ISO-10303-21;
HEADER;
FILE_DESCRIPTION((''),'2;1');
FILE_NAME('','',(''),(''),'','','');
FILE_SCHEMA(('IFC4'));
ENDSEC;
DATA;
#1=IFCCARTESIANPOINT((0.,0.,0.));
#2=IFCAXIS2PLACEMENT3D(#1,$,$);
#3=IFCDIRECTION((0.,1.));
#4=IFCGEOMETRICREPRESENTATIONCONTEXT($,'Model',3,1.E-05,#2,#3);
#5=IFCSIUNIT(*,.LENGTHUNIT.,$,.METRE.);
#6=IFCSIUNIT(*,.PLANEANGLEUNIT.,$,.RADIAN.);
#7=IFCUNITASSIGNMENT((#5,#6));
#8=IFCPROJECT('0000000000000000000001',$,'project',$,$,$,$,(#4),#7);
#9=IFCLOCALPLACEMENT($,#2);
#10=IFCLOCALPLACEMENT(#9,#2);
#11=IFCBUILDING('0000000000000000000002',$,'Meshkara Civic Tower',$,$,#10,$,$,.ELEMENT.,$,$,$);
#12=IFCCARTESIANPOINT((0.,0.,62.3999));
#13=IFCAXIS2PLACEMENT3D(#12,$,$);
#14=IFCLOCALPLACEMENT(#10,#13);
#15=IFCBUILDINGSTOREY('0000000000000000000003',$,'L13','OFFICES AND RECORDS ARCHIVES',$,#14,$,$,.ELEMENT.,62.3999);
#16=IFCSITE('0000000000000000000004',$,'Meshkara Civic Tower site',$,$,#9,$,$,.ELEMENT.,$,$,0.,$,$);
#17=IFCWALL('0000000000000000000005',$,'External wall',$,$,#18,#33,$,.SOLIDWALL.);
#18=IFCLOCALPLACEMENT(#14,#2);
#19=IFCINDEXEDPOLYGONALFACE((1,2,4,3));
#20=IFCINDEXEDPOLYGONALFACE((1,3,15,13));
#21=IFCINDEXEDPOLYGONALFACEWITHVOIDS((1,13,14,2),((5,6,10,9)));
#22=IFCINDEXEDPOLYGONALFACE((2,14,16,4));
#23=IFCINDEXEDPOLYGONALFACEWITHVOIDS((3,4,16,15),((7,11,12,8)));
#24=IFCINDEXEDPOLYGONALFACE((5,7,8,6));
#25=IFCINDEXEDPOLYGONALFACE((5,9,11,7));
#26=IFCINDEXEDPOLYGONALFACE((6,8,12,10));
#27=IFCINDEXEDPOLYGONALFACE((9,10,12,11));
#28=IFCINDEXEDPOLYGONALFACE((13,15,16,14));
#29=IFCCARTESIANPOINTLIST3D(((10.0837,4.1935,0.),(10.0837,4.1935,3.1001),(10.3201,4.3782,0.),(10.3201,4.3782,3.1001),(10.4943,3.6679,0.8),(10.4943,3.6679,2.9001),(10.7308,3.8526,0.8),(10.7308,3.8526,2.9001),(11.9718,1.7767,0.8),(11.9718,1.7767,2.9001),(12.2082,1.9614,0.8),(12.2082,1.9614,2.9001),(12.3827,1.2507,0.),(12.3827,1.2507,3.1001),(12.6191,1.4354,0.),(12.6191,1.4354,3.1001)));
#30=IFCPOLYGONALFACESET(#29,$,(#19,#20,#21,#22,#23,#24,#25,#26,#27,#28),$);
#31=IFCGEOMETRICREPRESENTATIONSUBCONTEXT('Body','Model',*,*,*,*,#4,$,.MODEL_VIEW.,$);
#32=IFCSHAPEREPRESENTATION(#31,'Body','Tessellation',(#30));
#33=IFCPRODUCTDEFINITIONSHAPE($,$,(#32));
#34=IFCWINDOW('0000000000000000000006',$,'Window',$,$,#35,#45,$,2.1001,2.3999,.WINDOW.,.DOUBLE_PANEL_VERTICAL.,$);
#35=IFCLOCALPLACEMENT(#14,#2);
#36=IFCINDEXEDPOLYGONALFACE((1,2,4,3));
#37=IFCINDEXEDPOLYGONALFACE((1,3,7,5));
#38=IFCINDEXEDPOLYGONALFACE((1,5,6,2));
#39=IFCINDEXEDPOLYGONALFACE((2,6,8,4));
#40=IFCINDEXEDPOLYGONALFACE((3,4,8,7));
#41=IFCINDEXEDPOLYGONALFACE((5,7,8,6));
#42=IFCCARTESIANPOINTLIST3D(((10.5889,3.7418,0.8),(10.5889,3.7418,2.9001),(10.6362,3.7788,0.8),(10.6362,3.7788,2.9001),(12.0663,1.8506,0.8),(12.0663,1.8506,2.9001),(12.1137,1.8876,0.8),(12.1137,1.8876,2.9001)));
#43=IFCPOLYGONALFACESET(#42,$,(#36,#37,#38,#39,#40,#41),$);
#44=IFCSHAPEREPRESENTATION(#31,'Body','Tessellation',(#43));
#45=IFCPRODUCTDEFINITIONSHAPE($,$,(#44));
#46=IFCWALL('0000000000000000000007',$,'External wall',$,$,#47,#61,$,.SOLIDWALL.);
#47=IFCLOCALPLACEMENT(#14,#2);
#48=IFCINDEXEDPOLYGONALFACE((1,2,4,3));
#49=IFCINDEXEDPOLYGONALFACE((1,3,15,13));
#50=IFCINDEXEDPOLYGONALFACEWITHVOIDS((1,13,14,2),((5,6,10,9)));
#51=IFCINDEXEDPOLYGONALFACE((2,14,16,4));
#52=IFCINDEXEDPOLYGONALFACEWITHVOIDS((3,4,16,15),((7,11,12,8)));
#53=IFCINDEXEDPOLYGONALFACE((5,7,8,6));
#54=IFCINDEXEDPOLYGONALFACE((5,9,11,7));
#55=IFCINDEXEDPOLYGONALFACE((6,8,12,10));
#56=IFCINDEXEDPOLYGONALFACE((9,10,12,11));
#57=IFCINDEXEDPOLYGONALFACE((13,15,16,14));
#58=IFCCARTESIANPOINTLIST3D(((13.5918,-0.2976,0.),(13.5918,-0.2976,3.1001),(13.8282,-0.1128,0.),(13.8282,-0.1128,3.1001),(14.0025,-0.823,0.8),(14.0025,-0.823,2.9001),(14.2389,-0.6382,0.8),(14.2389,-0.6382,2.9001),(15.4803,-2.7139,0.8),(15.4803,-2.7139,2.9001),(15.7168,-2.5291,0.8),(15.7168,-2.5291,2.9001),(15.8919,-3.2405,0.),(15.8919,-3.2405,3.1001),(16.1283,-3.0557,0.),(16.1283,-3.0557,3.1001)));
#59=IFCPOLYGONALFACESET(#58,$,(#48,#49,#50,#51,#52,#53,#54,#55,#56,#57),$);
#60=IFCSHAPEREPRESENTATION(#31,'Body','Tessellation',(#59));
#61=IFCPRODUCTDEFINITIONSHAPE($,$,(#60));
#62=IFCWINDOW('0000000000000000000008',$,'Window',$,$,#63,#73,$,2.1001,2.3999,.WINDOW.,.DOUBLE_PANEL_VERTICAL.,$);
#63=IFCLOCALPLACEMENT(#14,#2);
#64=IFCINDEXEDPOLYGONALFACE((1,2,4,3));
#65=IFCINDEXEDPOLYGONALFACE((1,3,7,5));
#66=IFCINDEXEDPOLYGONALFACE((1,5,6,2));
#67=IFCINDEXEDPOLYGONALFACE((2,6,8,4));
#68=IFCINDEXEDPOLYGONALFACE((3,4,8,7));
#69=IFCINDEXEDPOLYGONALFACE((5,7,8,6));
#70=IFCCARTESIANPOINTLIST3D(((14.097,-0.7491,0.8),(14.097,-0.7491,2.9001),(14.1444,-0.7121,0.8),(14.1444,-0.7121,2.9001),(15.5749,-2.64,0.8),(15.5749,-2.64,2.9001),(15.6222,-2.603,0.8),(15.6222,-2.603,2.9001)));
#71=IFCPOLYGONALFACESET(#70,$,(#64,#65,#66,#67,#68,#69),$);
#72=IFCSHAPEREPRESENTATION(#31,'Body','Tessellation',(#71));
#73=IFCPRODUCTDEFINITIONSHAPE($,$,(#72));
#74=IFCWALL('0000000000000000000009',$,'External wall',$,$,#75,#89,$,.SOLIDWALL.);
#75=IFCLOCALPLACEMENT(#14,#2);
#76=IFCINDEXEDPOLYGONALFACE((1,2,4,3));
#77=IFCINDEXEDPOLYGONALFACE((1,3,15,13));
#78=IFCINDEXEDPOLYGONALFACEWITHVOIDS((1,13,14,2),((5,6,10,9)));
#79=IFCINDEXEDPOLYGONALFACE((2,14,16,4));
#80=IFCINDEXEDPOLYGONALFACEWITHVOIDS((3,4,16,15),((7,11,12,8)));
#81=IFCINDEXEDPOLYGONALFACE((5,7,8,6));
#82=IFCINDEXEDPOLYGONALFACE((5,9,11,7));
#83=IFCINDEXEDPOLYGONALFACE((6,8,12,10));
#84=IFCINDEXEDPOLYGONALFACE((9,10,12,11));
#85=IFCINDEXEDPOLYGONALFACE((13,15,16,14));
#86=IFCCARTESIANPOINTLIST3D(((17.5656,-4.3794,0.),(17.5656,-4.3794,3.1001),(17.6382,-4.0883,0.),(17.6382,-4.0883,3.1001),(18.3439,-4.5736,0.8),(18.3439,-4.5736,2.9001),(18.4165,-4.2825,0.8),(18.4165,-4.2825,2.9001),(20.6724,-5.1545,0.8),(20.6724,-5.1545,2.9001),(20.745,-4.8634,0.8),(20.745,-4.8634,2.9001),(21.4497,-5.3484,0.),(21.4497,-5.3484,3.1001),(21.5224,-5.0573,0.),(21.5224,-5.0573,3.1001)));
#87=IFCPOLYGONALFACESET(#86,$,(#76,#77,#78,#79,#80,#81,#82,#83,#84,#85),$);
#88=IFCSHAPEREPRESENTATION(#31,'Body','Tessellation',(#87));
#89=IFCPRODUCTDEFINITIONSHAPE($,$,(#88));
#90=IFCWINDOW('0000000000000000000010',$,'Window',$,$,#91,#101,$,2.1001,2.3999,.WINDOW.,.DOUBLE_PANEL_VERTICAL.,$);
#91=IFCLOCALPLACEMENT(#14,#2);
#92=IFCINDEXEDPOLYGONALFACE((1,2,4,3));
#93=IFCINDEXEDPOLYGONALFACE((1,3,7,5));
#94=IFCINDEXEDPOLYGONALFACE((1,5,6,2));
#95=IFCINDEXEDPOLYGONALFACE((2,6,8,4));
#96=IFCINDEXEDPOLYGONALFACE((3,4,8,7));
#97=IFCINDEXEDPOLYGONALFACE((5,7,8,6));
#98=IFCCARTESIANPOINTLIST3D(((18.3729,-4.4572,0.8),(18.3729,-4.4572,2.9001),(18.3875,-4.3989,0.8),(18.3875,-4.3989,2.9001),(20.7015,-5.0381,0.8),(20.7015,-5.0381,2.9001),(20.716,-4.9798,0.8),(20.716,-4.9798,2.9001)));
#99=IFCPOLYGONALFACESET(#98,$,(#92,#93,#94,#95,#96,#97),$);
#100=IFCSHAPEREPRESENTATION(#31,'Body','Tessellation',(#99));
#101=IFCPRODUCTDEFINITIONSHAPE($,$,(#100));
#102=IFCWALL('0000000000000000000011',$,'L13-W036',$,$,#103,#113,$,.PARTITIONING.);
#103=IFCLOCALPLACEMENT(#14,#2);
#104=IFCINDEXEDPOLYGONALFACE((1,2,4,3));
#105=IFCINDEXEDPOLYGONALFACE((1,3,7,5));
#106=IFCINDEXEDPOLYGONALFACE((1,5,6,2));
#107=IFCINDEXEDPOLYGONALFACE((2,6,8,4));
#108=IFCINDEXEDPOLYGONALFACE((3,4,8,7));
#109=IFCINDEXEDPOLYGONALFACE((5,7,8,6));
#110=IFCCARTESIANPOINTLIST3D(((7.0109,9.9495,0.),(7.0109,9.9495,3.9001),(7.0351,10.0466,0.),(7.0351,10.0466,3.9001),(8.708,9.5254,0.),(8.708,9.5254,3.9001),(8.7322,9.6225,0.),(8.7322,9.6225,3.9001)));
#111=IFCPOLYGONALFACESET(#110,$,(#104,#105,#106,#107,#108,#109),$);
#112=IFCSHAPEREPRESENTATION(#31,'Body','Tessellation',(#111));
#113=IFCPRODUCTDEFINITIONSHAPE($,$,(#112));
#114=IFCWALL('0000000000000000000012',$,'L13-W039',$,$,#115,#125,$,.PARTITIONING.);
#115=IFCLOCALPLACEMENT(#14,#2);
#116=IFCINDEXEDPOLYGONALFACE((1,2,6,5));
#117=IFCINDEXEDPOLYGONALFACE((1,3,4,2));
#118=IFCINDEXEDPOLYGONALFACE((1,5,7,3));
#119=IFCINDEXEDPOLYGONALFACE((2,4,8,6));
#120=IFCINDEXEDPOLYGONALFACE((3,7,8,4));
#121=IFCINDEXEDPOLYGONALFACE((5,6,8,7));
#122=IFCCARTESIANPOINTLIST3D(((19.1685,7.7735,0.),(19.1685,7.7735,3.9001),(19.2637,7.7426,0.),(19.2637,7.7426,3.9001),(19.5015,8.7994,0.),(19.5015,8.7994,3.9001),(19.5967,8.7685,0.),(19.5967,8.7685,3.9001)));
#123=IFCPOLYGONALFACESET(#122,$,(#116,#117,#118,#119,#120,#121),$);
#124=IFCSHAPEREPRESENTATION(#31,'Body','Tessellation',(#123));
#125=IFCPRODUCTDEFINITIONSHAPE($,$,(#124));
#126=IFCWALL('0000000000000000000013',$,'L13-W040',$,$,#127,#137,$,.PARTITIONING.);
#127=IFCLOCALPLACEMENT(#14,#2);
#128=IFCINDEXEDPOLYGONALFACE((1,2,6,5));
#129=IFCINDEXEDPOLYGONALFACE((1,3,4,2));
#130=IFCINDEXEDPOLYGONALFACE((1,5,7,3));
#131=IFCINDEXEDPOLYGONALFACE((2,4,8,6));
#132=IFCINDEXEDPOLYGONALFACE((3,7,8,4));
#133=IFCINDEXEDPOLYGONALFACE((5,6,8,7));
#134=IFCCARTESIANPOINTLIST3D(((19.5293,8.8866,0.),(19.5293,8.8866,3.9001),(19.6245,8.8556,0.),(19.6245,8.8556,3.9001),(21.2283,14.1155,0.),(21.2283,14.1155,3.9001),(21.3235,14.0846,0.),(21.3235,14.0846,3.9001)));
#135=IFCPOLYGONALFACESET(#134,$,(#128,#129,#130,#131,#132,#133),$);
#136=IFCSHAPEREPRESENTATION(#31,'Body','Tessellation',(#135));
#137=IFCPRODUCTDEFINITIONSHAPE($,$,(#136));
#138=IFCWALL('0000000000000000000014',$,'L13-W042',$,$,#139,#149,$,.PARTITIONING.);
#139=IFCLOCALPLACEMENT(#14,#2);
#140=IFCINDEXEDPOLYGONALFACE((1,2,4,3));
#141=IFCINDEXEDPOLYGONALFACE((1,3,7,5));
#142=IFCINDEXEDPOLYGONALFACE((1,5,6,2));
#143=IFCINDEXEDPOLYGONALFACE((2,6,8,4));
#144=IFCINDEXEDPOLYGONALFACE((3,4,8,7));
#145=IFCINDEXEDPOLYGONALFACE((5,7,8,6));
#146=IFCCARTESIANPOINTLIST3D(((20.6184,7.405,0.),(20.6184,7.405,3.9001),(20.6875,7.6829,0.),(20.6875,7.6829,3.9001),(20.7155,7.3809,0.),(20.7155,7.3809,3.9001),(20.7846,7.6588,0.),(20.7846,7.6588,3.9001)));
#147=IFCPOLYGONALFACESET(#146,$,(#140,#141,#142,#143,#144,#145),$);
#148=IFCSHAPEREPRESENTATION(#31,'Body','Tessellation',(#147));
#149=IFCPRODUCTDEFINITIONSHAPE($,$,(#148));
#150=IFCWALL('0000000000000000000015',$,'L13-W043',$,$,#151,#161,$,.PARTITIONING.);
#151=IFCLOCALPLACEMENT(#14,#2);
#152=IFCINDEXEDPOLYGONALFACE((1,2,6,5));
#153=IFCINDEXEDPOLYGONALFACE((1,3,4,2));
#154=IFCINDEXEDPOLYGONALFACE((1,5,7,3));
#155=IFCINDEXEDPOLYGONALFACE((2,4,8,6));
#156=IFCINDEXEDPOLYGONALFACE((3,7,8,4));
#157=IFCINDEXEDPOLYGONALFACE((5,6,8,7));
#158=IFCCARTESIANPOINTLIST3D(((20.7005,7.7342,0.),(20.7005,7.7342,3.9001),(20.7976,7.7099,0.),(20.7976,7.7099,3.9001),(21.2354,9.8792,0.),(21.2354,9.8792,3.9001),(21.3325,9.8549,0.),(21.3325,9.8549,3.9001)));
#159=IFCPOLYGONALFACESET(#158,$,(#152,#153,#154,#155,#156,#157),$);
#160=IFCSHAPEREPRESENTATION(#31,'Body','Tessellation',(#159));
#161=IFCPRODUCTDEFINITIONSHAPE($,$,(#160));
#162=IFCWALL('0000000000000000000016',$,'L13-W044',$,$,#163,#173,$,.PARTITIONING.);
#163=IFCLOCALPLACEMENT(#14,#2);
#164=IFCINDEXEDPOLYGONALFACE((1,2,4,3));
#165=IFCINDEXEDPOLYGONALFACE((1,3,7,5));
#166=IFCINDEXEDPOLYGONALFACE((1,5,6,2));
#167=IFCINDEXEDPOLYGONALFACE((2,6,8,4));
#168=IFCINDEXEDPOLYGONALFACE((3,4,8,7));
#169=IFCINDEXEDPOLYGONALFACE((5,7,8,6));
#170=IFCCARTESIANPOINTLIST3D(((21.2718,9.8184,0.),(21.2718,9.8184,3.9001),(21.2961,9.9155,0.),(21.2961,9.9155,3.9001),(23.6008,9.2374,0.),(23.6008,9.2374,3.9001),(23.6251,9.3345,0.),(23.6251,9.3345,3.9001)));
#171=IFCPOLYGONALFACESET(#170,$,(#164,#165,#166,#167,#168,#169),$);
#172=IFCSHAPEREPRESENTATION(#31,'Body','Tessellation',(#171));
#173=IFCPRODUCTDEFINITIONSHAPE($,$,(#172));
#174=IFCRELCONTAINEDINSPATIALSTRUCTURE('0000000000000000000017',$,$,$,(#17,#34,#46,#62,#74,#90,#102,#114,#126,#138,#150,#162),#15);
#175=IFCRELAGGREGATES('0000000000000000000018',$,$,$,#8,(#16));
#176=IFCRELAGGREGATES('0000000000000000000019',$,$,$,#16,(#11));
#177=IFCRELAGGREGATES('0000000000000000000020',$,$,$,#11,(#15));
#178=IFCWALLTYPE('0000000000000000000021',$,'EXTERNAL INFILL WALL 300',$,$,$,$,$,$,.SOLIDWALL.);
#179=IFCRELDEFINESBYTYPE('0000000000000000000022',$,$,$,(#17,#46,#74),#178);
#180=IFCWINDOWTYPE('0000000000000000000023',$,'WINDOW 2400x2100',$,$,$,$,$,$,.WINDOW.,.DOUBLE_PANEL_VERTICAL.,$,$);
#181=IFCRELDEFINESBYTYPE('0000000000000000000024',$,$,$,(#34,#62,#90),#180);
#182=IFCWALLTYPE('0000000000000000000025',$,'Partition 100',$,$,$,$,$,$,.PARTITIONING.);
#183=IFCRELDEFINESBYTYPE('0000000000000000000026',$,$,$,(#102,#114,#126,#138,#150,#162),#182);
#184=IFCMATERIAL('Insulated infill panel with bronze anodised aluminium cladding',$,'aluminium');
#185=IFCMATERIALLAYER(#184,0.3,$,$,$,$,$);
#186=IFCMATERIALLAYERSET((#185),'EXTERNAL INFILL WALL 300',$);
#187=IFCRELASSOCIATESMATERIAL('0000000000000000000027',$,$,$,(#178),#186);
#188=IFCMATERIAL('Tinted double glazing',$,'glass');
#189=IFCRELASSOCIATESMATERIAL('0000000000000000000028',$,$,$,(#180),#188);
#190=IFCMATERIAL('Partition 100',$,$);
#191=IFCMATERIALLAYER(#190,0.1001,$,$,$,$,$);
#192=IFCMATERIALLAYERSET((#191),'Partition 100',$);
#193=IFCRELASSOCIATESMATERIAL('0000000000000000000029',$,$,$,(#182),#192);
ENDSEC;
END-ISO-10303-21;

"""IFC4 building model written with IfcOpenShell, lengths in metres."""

from ifc_helpers import new_model, si_unit, direction, frame, frame_2d, origin, place, context, subcontext, project, spatial, rectangle, extrude, material, layer, layer_set, type_object, element, fill, save


model = new_model("IFC4")

# Units and contexts
model_context = context("Model", 3, precision=1e-05, world=origin(), true_north=direction((0.0, 1.0)))
body_context = subcontext(model_context, "Body", "Model", "MODEL_VIEW")
ifc_project = project(units=[si_unit("LENGTHUNIT", "METRE"), si_unit("PLANEANGLEUNIT", "RADIAN")], contexts=[model_context])

# Site, building, storey
site_placement = place(None, origin())
site = spatial("IfcSite", under=ifc_project, at=site_placement, Name="Meshkara Civic Tower site", CompositionType="ELEMENT", RefElevation=0.0)
building_placement = place(site_placement, origin())
building = spatial("IfcBuilding", under=site, at=building_placement, Name="Meshkara Civic Tower", CompositionType="ELEMENT")
storey_placement = place(building_placement, frame((0.0, 0.0, 62.3999)))
storey = spatial("IfcBuildingStorey", under=building, at=storey_placement, Name="L13", Description="OFFICES AND RECORDS ARCHIVES", CompositionType="ELEMENT", Elevation=62.3999)

# Walls, openings, windows
ifc_material_1 = material(Name="Insulated infill panel with bronze anodised aluminium cladding", Category="aluminium")
ifc_layer_1 = layer(ifc_material_1, 0.3)
ifc_layer_set_1 = layer_set([ifc_layer_1], Name="EXTERNAL INFILL WALL 300")
wall_type_1 = type_object("IfcWallType", Name="EXTERNAL INFILL WALL 300", PredefinedType="SOLIDWALL", material=ifc_layer_set_1)
wall_1_placement = place(storey_placement, frame((10.2019, 4.2859, 0.0), z_axis=(0.0, 0.0, 1.0), x_axis=(0.615636, -0.78803, 0.0)))
wall_1 = element("IfcWall", 1, at=wall_1_placement, inside=storey, type_object=wall_type_1, Name="External wall", PredefinedType="SOLIDWALL", context=body_context, shape_type="SweptSolid", body=[
    extrude(rectangle(XDim=3.7344, YDim=0.3, at=frame_2d((1.8672, 0.0))), origin(), (0.0, 0.0, 1.0), 3.1001),
])
opening_1_placement = place(wall_1_placement, frame((0.667, 0.0, 0.8)))
opening_1 = element("IfcOpeningElement", 2, at=opening_1_placement, cuts=wall_1, PredefinedType="OPENING", context=body_context, shape_type="SweptSolid", body=[
    extrude(rectangle(XDim=2.3999, YDim=2.1001, at=frame_2d((1.2, 1.05))), frame((0.0, 0.1599, 0.0), z_axis=(0.0, -1.0, 0.0), x_axis=(1.0, 0.0, 0.0)), (0.0, 0.0, 1.0), 0.3201),
])
ifc_material_2 = material(Name="Tinted double glazing", Category="glass")
window_type = type_object("IfcWindowType", Name="WINDOW 2400x2100", PartitioningType="DOUBLE_PANEL_VERTICAL", PredefinedType="WINDOW", material=ifc_material_2)
window_1_placement = place(opening_1_placement, origin())
window_1 = element("IfcWindow", 3, at=window_1_placement, inside=storey, type_object=window_type, Name="Window", OverallHeight=2.1001, OverallWidth=2.3999, PartitioningType="DOUBLE_PANEL_VERTICAL", PredefinedType="WINDOW", context=body_context, shape_type="SweptSolid", body=[
    extrude(rectangle(XDim=2.3999, YDim=2.1001, at=frame_2d((1.2, 1.05))), frame((0.0, 0.03, 0.0), z_axis=(0.0, -1.0, 0.0), x_axis=(1.0, 0.0, 0.0)), (0.0, 0.0, 1.0), 0.0601),
])
fill(opening_1, window_1)
wall_2_placement = place(storey_placement, frame((13.71, -0.2051, 0.0), z_axis=(0.0, 0.0, 1.0), x_axis=(0.615799, -0.787903, 0.0)))
wall_2 = element("IfcWall", 4, at=wall_2_placement, inside=storey, type_object=wall_type_1, Name="External wall", PredefinedType="SOLIDWALL", context=body_context, shape_type="SweptSolid", body=[
    extrude(rectangle(XDim=3.7351, YDim=0.3, at=frame_2d((1.8677, 0.0))), origin(), (0.0, 0.0, 1.0), 3.1001),
])
opening_2_placement = place(wall_2_placement, frame((0.667, 0.0, 0.8)))
opening_2 = element("IfcOpeningElement", 5, at=opening_2_placement, cuts=wall_2, PredefinedType="OPENING", context=body_context, shape_type="SweptSolid", body=[
    extrude(rectangle(XDim=2.3999, YDim=2.1001, at=frame_2d((1.2, 1.05))), frame((0.0, 0.1599, 0.0), z_axis=(0.0, -1.0, 0.0), x_axis=(1.0, 0.0, 0.0)), (0.0, 0.0, 1.0), 0.3201),
])
window_2_placement = place(opening_2_placement, origin())
window_2 = element("IfcWindow", 6, at=window_2_placement, inside=storey, type_object=window_type, Name="Window", OverallHeight=2.1001, OverallWidth=2.3999, PartitioningType="DOUBLE_PANEL_VERTICAL", PredefinedType="WINDOW", context=body_context, shape_type="SweptSolid", body=[
    extrude(rectangle(XDim=2.3999, YDim=2.1001, at=frame_2d((1.2, 1.05))), frame((0.0, 0.03, 0.0), z_axis=(0.0, -1.0, 0.0), x_axis=(1.0, 0.0, 0.0)), (0.0, 0.0, 1.0), 0.0601),
])
fill(opening_2, window_2)
wall_3_placement = place(storey_placement, frame((17.6021, -4.2339, 0.0), z_axis=(0.0, 0.0, 1.0), x_axis=(0.970261, -0.242062, 0.0)))
wall_3 = element("IfcWall", 7, at=wall_3_placement, inside=storey, type_object=wall_type_1, Name="External wall", PredefinedType="SOLIDWALL", context=body_context, shape_type="SweptSolid", body=[
    extrude(rectangle(XDim=4.0032, YDim=0.3, at=frame_2d((2.0015, 0.0))), origin(), (0.0, 0.0, 1.0), 3.1001),
])
opening_3_placement = place(wall_3_placement, frame((0.802, 0.0, 0.8)))
opening_3 = element("IfcOpeningElement", 8, at=opening_3_placement, cuts=wall_3, PredefinedType="OPENING", context=body_context, shape_type="SweptSolid", body=[
    extrude(rectangle(XDim=2.3999, YDim=2.1001, at=frame_2d((1.2, 1.05))), frame((0.0, 0.1599, 0.0), z_axis=(0.0, -1.0, 0.0), x_axis=(1.0, 0.0, 0.0)), (0.0, 0.0, 1.0), 0.3201),
])
window_3_placement = place(opening_3_placement, origin())
window_3 = element("IfcWindow", 9, at=window_3_placement, inside=storey, type_object=window_type, Name="Window", OverallHeight=2.1001, OverallWidth=2.3999, PartitioningType="DOUBLE_PANEL_VERTICAL", PredefinedType="WINDOW", context=body_context, shape_type="SweptSolid", body=[
    extrude(rectangle(XDim=2.3999, YDim=2.1001, at=frame_2d((1.2, 1.05))), frame((0.0, 0.03, 0.0), z_axis=(0.0, -1.0, 0.0), x_axis=(1.0, 0.0, 0.0)), (0.0, 0.0, 1.0), 0.0601),
])
fill(opening_3, window_3)

# Walls
ifc_material_3 = material(Name="Partition 100")
ifc_layer_2 = layer(ifc_material_3, 0.1001)
ifc_layer_set_2 = layer_set([ifc_layer_2], Name="Partition 100")
wall_type_2 = type_object("IfcWallType", Name="Partition 100", PredefinedType="PARTITIONING", material=ifc_layer_set_2)
wall_4_placement = place(storey_placement, frame((8.72, 9.574, 0.0), z_axis=(0.0, 0.0, 1.0), x_axis=(-0.970167, 0.242437, 0.0)))
element("IfcWall", 10, at=wall_4_placement, inside=storey, type_object=wall_type_2, Name="L13-W036", PredefinedType="PARTITIONING", context=body_context, shape_type="SweptSolid", body=[
    extrude(rectangle(XDim=1.7493, YDim=0.1001, at=frame_2d((0.8745, 0.0))), origin(), (0.0, 0.0, 1.0), 3.9001),
])
wall_5_placement = place(storey_placement, frame((19.2161, 7.7581, 0.0), z_axis=(0.0, 0.0, 1.0), x_axis=(0.308748, 0.951144, 0.0)))
element("IfcWall", 11, at=wall_5_placement, inside=storey, type_object=wall_type_2, Name="L13-W039", PredefinedType="PARTITIONING", context=body_context, shape_type="SweptSolid", body=[
    extrude(rectangle(XDim=1.0786, YDim=0.1001, at=frame_2d((0.5393, 0.0))), origin(), (0.0, 0.0, 1.0), 3.9001),
])
wall_6_placement = place(storey_placement, frame((19.5769, 8.8711, 0.0), z_axis=(0.0, 0.0, 1.0), x_axis=(0.309012, 0.951058, 0.0)))
element("IfcWall", 12, at=wall_6_placement, inside=storey, type_object=wall_type_2, Name="L13-W040", PredefinedType="PARTITIONING", context=body_context, shape_type="SweptSolid", body=[
    extrude(rectangle(XDim=5.498, YDim=0.1001, at=frame_2d((2.749, 0.0))), origin(), (0.0, 0.0, 1.0), 3.9001),
])
wall_7_placement = place(storey_placement, frame((20.667, 7.3931, 0.0), z_axis=(0.0, 0.0, 1.0), x_axis=(0.241332, 0.970443, 0.0)))
element("IfcWall", 13, at=wall_7_placement, inside=storey, type_object=wall_type_2, Name="L13-W042", PredefinedType="PARTITIONING", context=body_context, shape_type="SweptSolid", body=[
    extrude(rectangle(XDim=0.2864, YDim=0.1001, at=frame_2d((0.1431, 0.0))), origin(), (0.0, 0.0, 1.0), 3.9001),
])
wall_8_placement = place(storey_placement, frame((20.749, 7.7219, 0.0), z_axis=(0.0, 0.0, 1.0), x_axis=(0.241964, 0.970285, 0.0)))
element("IfcWall", 14, at=wall_8_placement, inside=storey, type_object=wall_type_2, Name="L13-W043", PredefinedType="PARTITIONING", context=body_context, shape_type="SweptSolid", body=[
    extrude(rectangle(XDim=2.2107, YDim=0.1001, at=frame_2d((1.1055, 0.0))), origin(), (0.0, 0.0, 1.0), 3.9001),
])
wall_9_placement = place(storey_placement, frame((21.2839, 9.8669, 0.0), z_axis=(0.0, 0.0, 1.0), x_axis=(0.970262, -0.242057, 0.0)))
element("IfcWall", 15, at=wall_9_placement, inside=storey, type_object=wall_type_2, Name="L13-W044", PredefinedType="PARTITIONING", context=body_context, shape_type="SweptSolid", body=[
    extrude(rectangle(XDim=2.4004, YDim=0.1001, at=frame_2d((1.2002, 0.0))), origin(), (0.0, 0.0, 1.0), 3.9001),
])

save(model, "model.ifc")
